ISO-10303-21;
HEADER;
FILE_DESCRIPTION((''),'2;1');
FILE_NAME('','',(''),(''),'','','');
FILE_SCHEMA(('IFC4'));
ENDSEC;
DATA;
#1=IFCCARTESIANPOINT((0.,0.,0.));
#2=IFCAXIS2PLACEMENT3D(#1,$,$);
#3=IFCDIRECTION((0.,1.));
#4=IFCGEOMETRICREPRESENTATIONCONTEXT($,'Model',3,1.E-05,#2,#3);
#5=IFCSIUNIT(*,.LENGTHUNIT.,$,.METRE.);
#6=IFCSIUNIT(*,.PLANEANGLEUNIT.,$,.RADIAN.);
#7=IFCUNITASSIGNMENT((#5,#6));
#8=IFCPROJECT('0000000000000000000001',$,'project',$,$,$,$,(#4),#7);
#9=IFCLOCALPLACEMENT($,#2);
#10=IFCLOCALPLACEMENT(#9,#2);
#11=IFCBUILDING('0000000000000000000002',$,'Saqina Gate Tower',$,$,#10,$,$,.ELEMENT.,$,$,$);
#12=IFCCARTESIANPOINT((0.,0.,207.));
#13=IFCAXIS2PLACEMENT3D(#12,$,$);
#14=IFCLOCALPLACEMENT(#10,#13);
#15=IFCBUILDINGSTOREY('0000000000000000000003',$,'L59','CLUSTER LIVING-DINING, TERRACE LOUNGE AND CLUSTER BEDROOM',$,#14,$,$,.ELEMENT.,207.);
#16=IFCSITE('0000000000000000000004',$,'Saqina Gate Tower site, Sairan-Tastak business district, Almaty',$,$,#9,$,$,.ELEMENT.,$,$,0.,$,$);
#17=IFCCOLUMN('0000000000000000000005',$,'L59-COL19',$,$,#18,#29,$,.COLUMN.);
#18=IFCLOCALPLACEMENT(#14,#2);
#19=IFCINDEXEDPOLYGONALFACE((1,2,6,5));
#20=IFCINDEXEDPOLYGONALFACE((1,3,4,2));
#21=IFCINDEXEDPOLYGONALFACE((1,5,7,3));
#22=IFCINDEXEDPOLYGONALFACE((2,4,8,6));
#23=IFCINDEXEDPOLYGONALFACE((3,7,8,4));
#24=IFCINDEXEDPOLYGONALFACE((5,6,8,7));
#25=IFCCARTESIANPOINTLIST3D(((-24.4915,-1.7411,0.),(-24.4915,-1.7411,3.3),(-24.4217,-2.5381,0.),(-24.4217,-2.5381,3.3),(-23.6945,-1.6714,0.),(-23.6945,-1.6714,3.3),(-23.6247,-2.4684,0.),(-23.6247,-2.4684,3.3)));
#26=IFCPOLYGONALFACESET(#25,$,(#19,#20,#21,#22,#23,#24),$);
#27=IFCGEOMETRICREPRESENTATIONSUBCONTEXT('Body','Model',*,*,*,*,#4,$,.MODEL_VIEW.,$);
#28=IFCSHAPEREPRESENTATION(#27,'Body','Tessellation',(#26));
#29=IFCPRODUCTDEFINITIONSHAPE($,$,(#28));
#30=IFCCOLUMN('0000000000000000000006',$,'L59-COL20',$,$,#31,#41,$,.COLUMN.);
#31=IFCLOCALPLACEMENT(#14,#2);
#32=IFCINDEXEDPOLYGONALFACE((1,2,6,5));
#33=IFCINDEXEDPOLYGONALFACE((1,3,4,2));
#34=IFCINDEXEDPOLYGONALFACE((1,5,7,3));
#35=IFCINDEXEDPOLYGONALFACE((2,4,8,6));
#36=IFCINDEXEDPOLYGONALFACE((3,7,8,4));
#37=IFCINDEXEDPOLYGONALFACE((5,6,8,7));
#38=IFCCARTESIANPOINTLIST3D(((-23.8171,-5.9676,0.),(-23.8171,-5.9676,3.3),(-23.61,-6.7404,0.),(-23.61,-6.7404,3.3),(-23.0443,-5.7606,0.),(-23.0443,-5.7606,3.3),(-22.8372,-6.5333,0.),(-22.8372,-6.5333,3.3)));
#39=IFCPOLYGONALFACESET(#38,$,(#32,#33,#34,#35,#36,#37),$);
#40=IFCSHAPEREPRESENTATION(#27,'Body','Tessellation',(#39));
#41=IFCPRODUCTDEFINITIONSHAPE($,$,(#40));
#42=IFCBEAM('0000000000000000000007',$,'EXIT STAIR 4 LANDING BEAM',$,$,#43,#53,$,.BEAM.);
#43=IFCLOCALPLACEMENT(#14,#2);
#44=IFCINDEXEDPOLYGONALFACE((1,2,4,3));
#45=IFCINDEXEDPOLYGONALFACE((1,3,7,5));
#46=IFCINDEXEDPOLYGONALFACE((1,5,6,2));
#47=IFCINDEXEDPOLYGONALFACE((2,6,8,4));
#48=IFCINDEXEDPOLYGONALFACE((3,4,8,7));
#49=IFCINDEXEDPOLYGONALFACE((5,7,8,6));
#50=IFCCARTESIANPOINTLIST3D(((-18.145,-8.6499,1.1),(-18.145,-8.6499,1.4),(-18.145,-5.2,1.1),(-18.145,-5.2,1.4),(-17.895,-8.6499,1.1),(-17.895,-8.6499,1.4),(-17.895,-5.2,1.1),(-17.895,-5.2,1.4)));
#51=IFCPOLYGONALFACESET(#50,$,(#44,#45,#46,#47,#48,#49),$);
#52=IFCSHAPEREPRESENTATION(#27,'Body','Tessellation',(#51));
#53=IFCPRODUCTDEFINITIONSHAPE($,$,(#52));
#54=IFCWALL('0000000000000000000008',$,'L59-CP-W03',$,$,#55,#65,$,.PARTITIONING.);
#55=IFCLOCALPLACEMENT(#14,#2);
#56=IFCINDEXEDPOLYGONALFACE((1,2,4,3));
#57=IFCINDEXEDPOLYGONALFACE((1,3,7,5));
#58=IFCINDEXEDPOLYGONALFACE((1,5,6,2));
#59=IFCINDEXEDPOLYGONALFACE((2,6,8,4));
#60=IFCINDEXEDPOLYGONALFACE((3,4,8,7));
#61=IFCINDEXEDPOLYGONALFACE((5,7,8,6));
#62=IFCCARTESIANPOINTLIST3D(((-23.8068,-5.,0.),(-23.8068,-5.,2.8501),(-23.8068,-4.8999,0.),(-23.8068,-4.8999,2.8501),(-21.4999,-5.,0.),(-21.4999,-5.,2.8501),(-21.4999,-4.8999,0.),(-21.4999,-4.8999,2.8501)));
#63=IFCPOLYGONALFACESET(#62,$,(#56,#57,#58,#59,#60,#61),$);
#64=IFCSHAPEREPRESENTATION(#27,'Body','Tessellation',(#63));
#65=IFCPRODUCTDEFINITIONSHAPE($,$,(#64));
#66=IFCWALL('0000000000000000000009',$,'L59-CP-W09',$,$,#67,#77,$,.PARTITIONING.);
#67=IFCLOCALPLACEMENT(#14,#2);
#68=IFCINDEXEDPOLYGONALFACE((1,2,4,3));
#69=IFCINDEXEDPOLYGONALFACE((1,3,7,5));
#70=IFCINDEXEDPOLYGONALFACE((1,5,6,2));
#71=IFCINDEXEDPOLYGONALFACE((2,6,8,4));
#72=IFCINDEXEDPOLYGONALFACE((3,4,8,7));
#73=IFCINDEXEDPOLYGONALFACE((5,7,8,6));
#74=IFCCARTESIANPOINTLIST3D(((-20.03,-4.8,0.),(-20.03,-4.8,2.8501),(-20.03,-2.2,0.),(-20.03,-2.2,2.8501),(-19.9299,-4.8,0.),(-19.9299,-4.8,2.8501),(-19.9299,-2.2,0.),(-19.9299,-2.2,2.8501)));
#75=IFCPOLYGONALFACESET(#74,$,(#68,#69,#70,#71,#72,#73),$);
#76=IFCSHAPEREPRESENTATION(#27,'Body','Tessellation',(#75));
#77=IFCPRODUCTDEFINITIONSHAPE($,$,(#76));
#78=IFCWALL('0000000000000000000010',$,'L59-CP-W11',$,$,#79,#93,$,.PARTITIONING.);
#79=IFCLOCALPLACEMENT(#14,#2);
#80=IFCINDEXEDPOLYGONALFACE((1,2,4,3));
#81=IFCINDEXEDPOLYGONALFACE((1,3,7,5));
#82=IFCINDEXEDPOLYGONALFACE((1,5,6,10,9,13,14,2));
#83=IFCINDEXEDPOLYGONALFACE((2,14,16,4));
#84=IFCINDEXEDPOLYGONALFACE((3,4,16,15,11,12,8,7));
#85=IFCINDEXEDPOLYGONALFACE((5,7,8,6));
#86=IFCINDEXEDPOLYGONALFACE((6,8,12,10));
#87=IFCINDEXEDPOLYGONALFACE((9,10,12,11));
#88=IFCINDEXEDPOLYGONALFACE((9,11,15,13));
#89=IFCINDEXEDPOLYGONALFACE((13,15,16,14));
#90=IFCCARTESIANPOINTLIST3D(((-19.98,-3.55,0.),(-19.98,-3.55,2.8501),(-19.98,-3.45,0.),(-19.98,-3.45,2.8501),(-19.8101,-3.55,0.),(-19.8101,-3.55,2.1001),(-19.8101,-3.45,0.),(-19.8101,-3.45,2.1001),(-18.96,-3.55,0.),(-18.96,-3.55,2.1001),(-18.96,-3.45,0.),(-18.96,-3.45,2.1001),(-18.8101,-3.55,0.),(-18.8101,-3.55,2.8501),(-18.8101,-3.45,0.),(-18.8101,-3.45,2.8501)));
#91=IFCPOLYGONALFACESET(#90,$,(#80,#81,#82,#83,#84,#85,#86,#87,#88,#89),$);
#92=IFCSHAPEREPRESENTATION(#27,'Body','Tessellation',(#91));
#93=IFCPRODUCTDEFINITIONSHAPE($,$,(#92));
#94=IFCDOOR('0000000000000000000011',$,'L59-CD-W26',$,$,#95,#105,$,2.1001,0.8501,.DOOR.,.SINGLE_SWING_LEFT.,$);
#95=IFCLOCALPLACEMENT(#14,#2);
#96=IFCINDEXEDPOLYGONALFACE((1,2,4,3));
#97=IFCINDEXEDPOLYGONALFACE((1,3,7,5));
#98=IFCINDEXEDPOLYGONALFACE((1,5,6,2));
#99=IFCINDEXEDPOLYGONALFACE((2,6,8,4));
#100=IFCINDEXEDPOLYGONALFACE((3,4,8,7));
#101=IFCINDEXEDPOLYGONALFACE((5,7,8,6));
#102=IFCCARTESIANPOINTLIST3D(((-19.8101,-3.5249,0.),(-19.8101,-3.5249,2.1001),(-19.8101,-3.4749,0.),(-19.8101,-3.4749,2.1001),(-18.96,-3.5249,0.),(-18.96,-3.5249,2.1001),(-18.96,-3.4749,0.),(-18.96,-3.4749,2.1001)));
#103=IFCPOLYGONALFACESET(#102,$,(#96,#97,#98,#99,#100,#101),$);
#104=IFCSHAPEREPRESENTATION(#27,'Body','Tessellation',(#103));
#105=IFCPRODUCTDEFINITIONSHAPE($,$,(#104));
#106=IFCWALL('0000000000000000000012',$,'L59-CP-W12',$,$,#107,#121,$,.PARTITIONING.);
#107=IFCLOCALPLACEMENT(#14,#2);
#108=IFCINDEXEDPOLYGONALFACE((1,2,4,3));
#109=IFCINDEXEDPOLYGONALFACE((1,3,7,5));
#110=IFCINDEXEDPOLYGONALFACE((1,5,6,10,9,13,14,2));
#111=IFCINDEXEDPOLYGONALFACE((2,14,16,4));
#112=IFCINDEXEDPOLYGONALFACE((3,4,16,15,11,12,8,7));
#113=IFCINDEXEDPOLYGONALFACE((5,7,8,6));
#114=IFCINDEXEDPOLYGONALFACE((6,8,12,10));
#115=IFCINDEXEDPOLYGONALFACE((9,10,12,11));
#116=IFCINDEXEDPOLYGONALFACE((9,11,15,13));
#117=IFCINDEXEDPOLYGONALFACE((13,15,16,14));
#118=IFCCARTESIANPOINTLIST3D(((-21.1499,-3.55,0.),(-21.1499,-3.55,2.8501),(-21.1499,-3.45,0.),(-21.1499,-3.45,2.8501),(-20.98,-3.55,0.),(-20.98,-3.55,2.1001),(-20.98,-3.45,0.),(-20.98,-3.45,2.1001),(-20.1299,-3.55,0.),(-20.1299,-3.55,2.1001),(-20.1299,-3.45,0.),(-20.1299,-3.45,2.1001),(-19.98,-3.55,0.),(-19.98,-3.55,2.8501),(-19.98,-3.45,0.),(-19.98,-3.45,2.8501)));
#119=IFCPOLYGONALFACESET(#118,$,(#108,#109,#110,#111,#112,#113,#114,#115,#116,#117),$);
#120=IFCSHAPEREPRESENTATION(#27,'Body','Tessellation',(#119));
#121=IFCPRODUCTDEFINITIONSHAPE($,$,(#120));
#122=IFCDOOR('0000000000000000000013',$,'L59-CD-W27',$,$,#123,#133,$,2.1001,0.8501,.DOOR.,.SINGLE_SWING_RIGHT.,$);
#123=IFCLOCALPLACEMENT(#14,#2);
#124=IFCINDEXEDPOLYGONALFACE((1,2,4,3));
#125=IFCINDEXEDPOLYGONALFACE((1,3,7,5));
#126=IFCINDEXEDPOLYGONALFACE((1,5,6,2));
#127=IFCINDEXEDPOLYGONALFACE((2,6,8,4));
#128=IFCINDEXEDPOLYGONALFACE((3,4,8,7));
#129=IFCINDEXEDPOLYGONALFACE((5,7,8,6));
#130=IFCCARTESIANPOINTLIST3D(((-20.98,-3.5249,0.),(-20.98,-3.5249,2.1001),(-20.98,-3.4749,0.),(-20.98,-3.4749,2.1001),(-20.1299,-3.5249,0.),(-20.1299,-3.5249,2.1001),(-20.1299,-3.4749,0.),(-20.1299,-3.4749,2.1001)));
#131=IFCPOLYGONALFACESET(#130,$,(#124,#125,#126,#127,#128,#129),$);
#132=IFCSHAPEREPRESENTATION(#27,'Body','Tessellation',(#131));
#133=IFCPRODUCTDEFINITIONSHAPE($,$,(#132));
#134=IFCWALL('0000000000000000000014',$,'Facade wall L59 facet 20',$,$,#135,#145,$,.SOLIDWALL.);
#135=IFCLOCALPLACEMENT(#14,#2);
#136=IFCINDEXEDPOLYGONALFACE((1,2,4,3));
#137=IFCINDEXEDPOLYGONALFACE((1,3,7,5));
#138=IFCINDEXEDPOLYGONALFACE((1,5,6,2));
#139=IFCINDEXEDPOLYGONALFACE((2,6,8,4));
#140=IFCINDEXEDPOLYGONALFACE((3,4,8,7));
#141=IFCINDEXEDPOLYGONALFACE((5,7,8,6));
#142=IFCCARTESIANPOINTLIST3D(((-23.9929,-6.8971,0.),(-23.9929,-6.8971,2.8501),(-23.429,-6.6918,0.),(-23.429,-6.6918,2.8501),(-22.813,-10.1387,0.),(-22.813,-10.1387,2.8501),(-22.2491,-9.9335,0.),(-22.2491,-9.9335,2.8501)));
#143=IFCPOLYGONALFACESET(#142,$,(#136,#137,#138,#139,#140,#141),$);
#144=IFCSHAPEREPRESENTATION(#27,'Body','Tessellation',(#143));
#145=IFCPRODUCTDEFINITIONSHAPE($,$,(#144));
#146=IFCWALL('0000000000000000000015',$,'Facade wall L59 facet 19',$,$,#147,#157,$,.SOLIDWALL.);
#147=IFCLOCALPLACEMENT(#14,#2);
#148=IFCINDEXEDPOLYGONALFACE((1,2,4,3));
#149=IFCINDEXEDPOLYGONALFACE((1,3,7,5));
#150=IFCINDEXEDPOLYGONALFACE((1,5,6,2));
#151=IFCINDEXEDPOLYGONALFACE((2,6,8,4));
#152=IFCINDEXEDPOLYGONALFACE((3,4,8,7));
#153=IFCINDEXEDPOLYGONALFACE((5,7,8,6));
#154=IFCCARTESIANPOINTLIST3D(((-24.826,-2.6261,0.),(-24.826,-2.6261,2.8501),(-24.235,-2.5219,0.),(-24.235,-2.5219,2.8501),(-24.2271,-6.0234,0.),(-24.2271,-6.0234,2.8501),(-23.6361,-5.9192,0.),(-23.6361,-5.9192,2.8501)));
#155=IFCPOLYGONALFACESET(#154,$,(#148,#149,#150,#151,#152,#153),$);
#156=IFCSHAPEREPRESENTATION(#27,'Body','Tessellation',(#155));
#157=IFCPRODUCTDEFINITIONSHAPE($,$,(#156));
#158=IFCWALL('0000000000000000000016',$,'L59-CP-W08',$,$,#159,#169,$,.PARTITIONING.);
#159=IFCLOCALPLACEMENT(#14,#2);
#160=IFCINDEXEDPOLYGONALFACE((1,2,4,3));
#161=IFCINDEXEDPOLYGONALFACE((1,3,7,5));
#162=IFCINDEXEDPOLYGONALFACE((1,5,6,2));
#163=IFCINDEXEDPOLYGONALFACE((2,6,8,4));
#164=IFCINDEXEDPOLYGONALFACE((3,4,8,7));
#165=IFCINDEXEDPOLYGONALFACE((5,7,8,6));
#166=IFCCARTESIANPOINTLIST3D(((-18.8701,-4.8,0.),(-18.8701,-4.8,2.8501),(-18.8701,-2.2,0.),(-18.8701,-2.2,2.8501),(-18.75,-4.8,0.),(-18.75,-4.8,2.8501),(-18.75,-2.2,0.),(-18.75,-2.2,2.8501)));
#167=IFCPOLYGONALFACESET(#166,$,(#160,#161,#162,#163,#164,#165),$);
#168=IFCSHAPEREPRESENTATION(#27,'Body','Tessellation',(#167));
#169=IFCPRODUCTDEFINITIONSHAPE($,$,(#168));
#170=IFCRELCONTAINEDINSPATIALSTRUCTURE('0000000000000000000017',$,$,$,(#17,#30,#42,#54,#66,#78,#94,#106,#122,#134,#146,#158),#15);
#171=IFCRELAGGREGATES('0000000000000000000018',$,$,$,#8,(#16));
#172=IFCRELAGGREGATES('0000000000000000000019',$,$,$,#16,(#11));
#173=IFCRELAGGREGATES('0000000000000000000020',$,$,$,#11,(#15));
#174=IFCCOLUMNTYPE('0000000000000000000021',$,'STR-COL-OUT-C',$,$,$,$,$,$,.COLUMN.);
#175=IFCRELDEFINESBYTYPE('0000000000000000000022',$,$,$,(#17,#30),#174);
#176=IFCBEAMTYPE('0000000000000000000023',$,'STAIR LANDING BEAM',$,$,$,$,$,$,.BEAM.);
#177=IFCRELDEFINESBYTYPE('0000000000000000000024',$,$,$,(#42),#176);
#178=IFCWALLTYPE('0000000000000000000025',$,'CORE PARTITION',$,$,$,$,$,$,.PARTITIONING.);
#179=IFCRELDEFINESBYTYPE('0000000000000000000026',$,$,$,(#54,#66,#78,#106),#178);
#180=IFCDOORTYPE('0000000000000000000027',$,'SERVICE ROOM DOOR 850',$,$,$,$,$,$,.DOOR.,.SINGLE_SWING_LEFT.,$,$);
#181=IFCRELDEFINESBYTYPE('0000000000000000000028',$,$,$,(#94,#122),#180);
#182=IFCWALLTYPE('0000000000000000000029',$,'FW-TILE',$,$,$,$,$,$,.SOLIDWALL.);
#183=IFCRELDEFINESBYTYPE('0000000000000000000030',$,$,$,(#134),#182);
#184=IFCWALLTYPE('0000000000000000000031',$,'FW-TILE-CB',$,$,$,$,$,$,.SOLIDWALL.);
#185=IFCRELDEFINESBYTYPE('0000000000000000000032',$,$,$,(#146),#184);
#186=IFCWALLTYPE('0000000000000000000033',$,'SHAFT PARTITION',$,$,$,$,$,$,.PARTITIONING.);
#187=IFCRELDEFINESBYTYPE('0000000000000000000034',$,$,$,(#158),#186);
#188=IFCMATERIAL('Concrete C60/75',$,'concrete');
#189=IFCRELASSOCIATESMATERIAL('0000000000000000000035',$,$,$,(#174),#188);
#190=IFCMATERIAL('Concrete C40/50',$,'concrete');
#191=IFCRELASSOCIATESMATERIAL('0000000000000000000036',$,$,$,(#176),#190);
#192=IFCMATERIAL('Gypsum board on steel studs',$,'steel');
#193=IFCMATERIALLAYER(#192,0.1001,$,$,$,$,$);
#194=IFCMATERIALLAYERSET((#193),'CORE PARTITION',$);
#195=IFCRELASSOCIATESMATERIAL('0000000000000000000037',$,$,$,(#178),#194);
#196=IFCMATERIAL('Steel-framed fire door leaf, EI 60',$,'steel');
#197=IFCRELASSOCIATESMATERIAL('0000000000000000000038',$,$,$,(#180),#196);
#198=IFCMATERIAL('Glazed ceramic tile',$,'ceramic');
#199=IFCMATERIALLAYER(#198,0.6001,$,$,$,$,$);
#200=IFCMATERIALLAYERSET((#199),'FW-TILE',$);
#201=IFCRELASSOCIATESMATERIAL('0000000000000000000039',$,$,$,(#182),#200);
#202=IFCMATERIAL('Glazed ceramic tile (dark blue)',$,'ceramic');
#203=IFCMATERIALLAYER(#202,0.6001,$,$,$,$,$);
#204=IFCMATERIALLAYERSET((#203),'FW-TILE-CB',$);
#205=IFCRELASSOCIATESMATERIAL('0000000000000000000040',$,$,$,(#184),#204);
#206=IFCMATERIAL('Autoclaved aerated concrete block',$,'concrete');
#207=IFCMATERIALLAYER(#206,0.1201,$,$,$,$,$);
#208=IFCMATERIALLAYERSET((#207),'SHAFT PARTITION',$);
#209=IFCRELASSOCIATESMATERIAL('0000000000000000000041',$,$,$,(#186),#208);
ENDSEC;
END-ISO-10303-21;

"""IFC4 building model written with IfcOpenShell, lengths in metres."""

from ifc_helpers import new_model, si_unit, direction, frame, frame_2d, origin, origin_2d, place, context, subcontext, project, spatial, rectangle, extrude, material, layer, layer_set, material_profile, profile_set, type_object, element, fill, save


model = new_model("IFC4")

# Units and contexts
model_context = context("Model", 3, precision=1e-05, world=origin(), true_north=direction((0.0, 1.0)))
body_context = subcontext(model_context, "Body", "Model", "MODEL_VIEW")
ifc_project = project(units=[si_unit("LENGTHUNIT", "METRE"), si_unit("PLANEANGLEUNIT", "RADIAN")], contexts=[model_context])

# Site, building, storey
site_placement = place(None, origin())
site = spatial("IfcSite", under=ifc_project, at=site_placement, Name="Saqina Gate Tower site, Sairan-Tastak business district, Almaty", CompositionType="ELEMENT", RefElevation=0.0)
building_placement = place(site_placement, origin())
building = spatial("IfcBuilding", under=site, at=building_placement, Name="Saqina Gate Tower", CompositionType="ELEMENT")
storey_placement = place(building_placement, frame((0.0, 0.0, 207.0)))
storey = spatial("IfcBuildingStorey", under=building, at=storey_placement, Name="L59", Description="CLUSTER LIVING-DINING, TERRACE LOUNGE AND CLUSTER BEDROOM", CompositionType="ELEMENT", Elevation=207.0)

# Columns
ifc_material_1 = material(Name="Concrete C60/75", Category="concrete")
ifc_material_profile_1 = material_profile(ifc_material_1, rectangle(XDim=0.8, YDim=0.8, at=origin_2d()), Name="RC 800x800")
ifc_profile_set_1 = profile_set([ifc_material_profile_1], Name="Concrete C60/75")
column_type = type_object("IfcColumnType", Name="STR-COL-OUT-C", PredefinedType="COLUMN", material=ifc_profile_set_1)
for number, where, z_axis, x_axis, name in (
    (1, (-24.0581, -2.1047, 0.0), (0.0, 0.0, 1.0), (-0.996195, -0.087156, 0.0), "L59-COL19"),
    (2, (-23.3271, -6.2505, 0.0), (0.0, 0.0, 1.0), (-0.965926, -0.258819, 0.0), "L59-COL20"),
):
    element("IfcColumn", number, at=place(storey_placement, frame(where, z_axis=z_axis, x_axis=x_axis)), inside=storey, type_object=column_type, Name=name, PredefinedType="COLUMN", context=body_context, shape_type="SweptSolid", body=[
        extrude(rectangle(XDim=0.8, YDim=0.8, at=origin_2d()), origin(), (0.0, 0.0, 1.0), 3.3),
    ])

# Beam
ifc_material_2 = material(Name="Concrete C40/50", Category="concrete")
ifc_material_profile_2 = material_profile(ifc_material_2, rectangle(XDim=0.25, YDim=0.3, at=origin_2d()), Name="STAIR LANDING BEAM")
ifc_profile_set_2 = profile_set([ifc_material_profile_2], Name="Concrete C40/50")
beam_type = type_object("IfcBeamType", Name="STAIR LANDING BEAM", PredefinedType="BEAM", material=ifc_profile_set_2)
beam_placement = place(storey_placement, frame((-18.02, -8.6499, 1.25), z_axis=(0.0, 1.0, 0.0), x_axis=(-1.0, 0.0, 0.0)))
element("IfcBeam", 3, at=beam_placement, inside=storey, type_object=beam_type, Name="EXIT STAIR 4 LANDING BEAM", PredefinedType="BEAM", context=body_context, shape_type="SweptSolid", body=[
    extrude(rectangle(XDim=0.25, YDim=0.3, at=origin_2d()), origin(), (0.0, 0.0, 1.0), 3.45),
])

# Walls
ifc_material_3 = material(Name="Gypsum board on steel studs", Category="steel")
ifc_layer_1 = layer(ifc_material_3, 0.1001)
ifc_layer_set_1 = layer_set([ifc_layer_1], Name="CORE PARTITION")
wall_type_1 = type_object("IfcWallType", Name="CORE PARTITION", PredefinedType="PARTITIONING", material=ifc_layer_set_1)
wall_1_placement = place(storey_placement, frame((-21.5, -4.95, 0.0), z_axis=(0.0, 0.0, 1.0), x_axis=(-1.0, 0.0, 0.0)))
element("IfcWall", 4, at=wall_1_placement, inside=storey, type_object=wall_type_1, Name="L59-CP-W03", PredefinedType="PARTITIONING", context=body_context, shape_type="SweptSolid", body=[
    extrude(rectangle(XDim=2.3069, YDim=0.1001, at=frame_2d((1.1533, 0.0))), origin(), (0.0, 0.0, 1.0), 2.8501),
])
wall_2_placement = place(storey_placement, frame((-19.98, -4.8, 0.0), z_axis=(0.0, 0.0, 1.0), x_axis=(0.0, 1.0, 0.0)))
element("IfcWall", 5, at=wall_2_placement, inside=storey, type_object=wall_type_1, Name="L59-CP-W09", PredefinedType="PARTITIONING", context=body_context, shape_type="SweptSolid", body=[
    extrude(rectangle(XDim=2.6001, YDim=0.1001, at=frame_2d((1.3, 0.0))), origin(), (0.0, 0.0, 1.0), 2.8501),
])

# Walls, openings, doors
wall_3_placement = place(storey_placement, frame((-18.8101, -3.5, 0.0), z_axis=(0.0, 0.0, 1.0), x_axis=(-1.0, 0.0, 0.0)))
wall_3 = element("IfcWall", 6, at=wall_3_placement, inside=storey, type_object=wall_type_1, Name="L59-CP-W11", PredefinedType="PARTITIONING", context=body_context, shape_type="SweptSolid", body=[
    extrude(rectangle(XDim=1.1699, YDim=0.1001, at=frame_2d((0.585, 0.0))), origin(), (0.0, 0.0, 1.0), 2.8501),
])
opening_1_placement = place(wall_3_placement, frame((0.1499, 0.0, 0.0)))
opening_1 = element("IfcOpeningElement", 7, at=opening_1_placement, cuts=wall_3, PredefinedType="OPENING", context=body_context, shape_type="SweptSolid", body=[
    extrude(rectangle(XDim=0.8501, YDim=2.1001, at=frame_2d((0.425, 1.05))), frame((0.0, 0.062, 0.0), z_axis=(0.0, -1.0, 0.0), x_axis=(1.0, 0.0, 0.0)), (0.0, 0.0, 1.0), 0.124),
])
ifc_material_4 = material(Name="Steel-framed fire door leaf, EI 60", Category="steel")
door_type = type_object("IfcDoorType", Name="SERVICE ROOM DOOR 850", OperationType="SINGLE_SWING_LEFT", PredefinedType="DOOR", material=ifc_material_4)
door_1_placement = place(opening_1_placement, origin())
door_1 = element("IfcDoor", 8, at=door_1_placement, inside=storey, type_object=door_type, Name="L59-CD-W26", OperationType="SINGLE_SWING_LEFT", OverallHeight=2.1001, OverallWidth=0.8501, PredefinedType="DOOR", context=body_context, shape_type="SweptSolid", body=[
    extrude(rectangle(XDim=0.8501, YDim=2.1001, at=frame_2d((0.425, 1.05))), frame((0.0, 0.0249, 0.0), z_axis=(0.0, -1.0, 0.0), x_axis=(1.0, 0.0, 0.0)), (0.0, 0.0, 1.0), 0.05),
])
fill(opening_1, door_1)
wall_4_placement = place(storey_placement, frame((-19.98, -3.5, 0.0), z_axis=(0.0, 0.0, 1.0), x_axis=(-1.0, 0.0, 0.0)))
wall_4 = element("IfcWall", 9, at=wall_4_placement, inside=storey, type_object=wall_type_1, Name="L59-CP-W12", PredefinedType="PARTITIONING", context=body_context, shape_type="SweptSolid", body=[
    extrude(rectangle(XDim=1.1699, YDim=0.1001, at=frame_2d((0.585, 0.0))), origin(), (0.0, 0.0, 1.0), 2.8501),
])
opening_2_placement = place(wall_4_placement, frame((0.1499, 0.0, 0.0)))
opening_2 = element("IfcOpeningElement", 10, at=opening_2_placement, cuts=wall_4, PredefinedType="OPENING", context=body_context, shape_type="SweptSolid", body=[
    extrude(rectangle(XDim=0.8501, YDim=2.1001, at=frame_2d((0.425, 1.05))), frame((0.0, 0.062, 0.0), z_axis=(0.0, -1.0, 0.0), x_axis=(1.0, 0.0, 0.0)), (0.0, 0.0, 1.0), 0.124),
])
door_2_placement = place(opening_2_placement, origin())
door_2 = element("IfcDoor", 11, at=door_2_placement, inside=storey, type_object=door_type, Name="L59-CD-W27", OperationType="SINGLE_SWING_RIGHT", OverallHeight=2.1001, OverallWidth=0.8501, PredefinedType="DOOR", context=body_context, shape_type="SweptSolid", body=[
    extrude(rectangle(XDim=0.8501, YDim=2.1001, at=frame_2d((0.425, 1.05))), frame((0.0, 0.0249, 0.0), z_axis=(0.0, -1.0, 0.0), x_axis=(1.0, 0.0, 0.0)), (0.0, 0.0, 1.0), 0.05),
])
fill(opening_2, door_2)

# Walls
ifc_material_5 = material(Name="Glazed ceramic tile", Category="ceramic")
ifc_layer_2 = layer(ifc_material_5, 0.6001)
ifc_layer_set_2 = layer_set([ifc_layer_2], Name="FW-TILE")
wall_type_2 = type_object("IfcWallType", Name="FW-TILE", PredefinedType="SOLIDWALL", material=ifc_layer_set_2)
wall_5_placement = place(storey_placement, frame((-23.7109, -6.7944, 0.0), z_axis=(0.0, 0.0, 1.0), x_axis=(0.342033, -0.939688, 0.0)))
element("IfcWall", 12, at=wall_5_placement, inside=storey, type_object=wall_type_2, Name="Facade wall L59 facet 20", PredefinedType="SOLIDWALL", context=body_context, shape_type="SweptSolid", body=[
    extrude(rectangle(XDim=3.4497, YDim=0.6001, at=frame_2d((1.7249, 0.0))), origin(), (0.0, 0.0, 1.0), 2.8501),
])
ifc_material_6 = material(Name="Glazed ceramic tile (dark blue)", Category="ceramic")
ifc_layer_3 = layer(ifc_material_6, 0.6001)
ifc_layer_set_3 = layer_set([ifc_layer_3], Name="FW-TILE-CB")
wall_type_3 = type_object("IfcWallType", Name="FW-TILE-CB", PredefinedType="SOLIDWALL", material=ifc_layer_set_3)
wall_6_placement = place(storey_placement, frame((-24.5305, -2.574, 0.0), z_axis=(0.0, 0.0, 1.0), x_axis=(0.173608, -0.984815, 0.0)))
element("IfcWall", 13, at=wall_6_placement, inside=storey, type_object=wall_type_3, Name="Facade wall L59 facet 19", PredefinedType="SOLIDWALL", context=body_context, shape_type="SweptSolid", body=[
    extrude(rectangle(XDim=3.4497, YDim=0.6001, at=frame_2d((1.7249, 0.0))), origin(), (0.0, 0.0, 1.0), 2.8501),
])
ifc_material_7 = material(Name="Autoclaved aerated concrete block", Category="concrete")
ifc_layer_4 = layer(ifc_material_7, 0.1201)
ifc_layer_set_4 = layer_set([ifc_layer_4], Name="SHAFT PARTITION")
wall_type_4 = type_object("IfcWallType", Name="SHAFT PARTITION", PredefinedType="PARTITIONING", material=ifc_layer_set_4)
wall_7_placement = place(storey_placement, frame((-18.8101, -4.8, 0.0), z_axis=(0.0, 0.0, 1.0), x_axis=(0.0, 1.0, 0.0)))
element("IfcWall", 14, at=wall_7_placement, inside=storey, type_object=wall_type_4, Name="L59-CP-W08", PredefinedType="PARTITIONING", context=body_context, shape_type="SweptSolid", body=[
    extrude(rectangle(XDim=2.6001, YDim=0.1201, at=frame_2d((1.3, 0.0))), origin(), (0.0, 0.0, 1.0), 2.8501),
])

save(model, "model.ifc")
